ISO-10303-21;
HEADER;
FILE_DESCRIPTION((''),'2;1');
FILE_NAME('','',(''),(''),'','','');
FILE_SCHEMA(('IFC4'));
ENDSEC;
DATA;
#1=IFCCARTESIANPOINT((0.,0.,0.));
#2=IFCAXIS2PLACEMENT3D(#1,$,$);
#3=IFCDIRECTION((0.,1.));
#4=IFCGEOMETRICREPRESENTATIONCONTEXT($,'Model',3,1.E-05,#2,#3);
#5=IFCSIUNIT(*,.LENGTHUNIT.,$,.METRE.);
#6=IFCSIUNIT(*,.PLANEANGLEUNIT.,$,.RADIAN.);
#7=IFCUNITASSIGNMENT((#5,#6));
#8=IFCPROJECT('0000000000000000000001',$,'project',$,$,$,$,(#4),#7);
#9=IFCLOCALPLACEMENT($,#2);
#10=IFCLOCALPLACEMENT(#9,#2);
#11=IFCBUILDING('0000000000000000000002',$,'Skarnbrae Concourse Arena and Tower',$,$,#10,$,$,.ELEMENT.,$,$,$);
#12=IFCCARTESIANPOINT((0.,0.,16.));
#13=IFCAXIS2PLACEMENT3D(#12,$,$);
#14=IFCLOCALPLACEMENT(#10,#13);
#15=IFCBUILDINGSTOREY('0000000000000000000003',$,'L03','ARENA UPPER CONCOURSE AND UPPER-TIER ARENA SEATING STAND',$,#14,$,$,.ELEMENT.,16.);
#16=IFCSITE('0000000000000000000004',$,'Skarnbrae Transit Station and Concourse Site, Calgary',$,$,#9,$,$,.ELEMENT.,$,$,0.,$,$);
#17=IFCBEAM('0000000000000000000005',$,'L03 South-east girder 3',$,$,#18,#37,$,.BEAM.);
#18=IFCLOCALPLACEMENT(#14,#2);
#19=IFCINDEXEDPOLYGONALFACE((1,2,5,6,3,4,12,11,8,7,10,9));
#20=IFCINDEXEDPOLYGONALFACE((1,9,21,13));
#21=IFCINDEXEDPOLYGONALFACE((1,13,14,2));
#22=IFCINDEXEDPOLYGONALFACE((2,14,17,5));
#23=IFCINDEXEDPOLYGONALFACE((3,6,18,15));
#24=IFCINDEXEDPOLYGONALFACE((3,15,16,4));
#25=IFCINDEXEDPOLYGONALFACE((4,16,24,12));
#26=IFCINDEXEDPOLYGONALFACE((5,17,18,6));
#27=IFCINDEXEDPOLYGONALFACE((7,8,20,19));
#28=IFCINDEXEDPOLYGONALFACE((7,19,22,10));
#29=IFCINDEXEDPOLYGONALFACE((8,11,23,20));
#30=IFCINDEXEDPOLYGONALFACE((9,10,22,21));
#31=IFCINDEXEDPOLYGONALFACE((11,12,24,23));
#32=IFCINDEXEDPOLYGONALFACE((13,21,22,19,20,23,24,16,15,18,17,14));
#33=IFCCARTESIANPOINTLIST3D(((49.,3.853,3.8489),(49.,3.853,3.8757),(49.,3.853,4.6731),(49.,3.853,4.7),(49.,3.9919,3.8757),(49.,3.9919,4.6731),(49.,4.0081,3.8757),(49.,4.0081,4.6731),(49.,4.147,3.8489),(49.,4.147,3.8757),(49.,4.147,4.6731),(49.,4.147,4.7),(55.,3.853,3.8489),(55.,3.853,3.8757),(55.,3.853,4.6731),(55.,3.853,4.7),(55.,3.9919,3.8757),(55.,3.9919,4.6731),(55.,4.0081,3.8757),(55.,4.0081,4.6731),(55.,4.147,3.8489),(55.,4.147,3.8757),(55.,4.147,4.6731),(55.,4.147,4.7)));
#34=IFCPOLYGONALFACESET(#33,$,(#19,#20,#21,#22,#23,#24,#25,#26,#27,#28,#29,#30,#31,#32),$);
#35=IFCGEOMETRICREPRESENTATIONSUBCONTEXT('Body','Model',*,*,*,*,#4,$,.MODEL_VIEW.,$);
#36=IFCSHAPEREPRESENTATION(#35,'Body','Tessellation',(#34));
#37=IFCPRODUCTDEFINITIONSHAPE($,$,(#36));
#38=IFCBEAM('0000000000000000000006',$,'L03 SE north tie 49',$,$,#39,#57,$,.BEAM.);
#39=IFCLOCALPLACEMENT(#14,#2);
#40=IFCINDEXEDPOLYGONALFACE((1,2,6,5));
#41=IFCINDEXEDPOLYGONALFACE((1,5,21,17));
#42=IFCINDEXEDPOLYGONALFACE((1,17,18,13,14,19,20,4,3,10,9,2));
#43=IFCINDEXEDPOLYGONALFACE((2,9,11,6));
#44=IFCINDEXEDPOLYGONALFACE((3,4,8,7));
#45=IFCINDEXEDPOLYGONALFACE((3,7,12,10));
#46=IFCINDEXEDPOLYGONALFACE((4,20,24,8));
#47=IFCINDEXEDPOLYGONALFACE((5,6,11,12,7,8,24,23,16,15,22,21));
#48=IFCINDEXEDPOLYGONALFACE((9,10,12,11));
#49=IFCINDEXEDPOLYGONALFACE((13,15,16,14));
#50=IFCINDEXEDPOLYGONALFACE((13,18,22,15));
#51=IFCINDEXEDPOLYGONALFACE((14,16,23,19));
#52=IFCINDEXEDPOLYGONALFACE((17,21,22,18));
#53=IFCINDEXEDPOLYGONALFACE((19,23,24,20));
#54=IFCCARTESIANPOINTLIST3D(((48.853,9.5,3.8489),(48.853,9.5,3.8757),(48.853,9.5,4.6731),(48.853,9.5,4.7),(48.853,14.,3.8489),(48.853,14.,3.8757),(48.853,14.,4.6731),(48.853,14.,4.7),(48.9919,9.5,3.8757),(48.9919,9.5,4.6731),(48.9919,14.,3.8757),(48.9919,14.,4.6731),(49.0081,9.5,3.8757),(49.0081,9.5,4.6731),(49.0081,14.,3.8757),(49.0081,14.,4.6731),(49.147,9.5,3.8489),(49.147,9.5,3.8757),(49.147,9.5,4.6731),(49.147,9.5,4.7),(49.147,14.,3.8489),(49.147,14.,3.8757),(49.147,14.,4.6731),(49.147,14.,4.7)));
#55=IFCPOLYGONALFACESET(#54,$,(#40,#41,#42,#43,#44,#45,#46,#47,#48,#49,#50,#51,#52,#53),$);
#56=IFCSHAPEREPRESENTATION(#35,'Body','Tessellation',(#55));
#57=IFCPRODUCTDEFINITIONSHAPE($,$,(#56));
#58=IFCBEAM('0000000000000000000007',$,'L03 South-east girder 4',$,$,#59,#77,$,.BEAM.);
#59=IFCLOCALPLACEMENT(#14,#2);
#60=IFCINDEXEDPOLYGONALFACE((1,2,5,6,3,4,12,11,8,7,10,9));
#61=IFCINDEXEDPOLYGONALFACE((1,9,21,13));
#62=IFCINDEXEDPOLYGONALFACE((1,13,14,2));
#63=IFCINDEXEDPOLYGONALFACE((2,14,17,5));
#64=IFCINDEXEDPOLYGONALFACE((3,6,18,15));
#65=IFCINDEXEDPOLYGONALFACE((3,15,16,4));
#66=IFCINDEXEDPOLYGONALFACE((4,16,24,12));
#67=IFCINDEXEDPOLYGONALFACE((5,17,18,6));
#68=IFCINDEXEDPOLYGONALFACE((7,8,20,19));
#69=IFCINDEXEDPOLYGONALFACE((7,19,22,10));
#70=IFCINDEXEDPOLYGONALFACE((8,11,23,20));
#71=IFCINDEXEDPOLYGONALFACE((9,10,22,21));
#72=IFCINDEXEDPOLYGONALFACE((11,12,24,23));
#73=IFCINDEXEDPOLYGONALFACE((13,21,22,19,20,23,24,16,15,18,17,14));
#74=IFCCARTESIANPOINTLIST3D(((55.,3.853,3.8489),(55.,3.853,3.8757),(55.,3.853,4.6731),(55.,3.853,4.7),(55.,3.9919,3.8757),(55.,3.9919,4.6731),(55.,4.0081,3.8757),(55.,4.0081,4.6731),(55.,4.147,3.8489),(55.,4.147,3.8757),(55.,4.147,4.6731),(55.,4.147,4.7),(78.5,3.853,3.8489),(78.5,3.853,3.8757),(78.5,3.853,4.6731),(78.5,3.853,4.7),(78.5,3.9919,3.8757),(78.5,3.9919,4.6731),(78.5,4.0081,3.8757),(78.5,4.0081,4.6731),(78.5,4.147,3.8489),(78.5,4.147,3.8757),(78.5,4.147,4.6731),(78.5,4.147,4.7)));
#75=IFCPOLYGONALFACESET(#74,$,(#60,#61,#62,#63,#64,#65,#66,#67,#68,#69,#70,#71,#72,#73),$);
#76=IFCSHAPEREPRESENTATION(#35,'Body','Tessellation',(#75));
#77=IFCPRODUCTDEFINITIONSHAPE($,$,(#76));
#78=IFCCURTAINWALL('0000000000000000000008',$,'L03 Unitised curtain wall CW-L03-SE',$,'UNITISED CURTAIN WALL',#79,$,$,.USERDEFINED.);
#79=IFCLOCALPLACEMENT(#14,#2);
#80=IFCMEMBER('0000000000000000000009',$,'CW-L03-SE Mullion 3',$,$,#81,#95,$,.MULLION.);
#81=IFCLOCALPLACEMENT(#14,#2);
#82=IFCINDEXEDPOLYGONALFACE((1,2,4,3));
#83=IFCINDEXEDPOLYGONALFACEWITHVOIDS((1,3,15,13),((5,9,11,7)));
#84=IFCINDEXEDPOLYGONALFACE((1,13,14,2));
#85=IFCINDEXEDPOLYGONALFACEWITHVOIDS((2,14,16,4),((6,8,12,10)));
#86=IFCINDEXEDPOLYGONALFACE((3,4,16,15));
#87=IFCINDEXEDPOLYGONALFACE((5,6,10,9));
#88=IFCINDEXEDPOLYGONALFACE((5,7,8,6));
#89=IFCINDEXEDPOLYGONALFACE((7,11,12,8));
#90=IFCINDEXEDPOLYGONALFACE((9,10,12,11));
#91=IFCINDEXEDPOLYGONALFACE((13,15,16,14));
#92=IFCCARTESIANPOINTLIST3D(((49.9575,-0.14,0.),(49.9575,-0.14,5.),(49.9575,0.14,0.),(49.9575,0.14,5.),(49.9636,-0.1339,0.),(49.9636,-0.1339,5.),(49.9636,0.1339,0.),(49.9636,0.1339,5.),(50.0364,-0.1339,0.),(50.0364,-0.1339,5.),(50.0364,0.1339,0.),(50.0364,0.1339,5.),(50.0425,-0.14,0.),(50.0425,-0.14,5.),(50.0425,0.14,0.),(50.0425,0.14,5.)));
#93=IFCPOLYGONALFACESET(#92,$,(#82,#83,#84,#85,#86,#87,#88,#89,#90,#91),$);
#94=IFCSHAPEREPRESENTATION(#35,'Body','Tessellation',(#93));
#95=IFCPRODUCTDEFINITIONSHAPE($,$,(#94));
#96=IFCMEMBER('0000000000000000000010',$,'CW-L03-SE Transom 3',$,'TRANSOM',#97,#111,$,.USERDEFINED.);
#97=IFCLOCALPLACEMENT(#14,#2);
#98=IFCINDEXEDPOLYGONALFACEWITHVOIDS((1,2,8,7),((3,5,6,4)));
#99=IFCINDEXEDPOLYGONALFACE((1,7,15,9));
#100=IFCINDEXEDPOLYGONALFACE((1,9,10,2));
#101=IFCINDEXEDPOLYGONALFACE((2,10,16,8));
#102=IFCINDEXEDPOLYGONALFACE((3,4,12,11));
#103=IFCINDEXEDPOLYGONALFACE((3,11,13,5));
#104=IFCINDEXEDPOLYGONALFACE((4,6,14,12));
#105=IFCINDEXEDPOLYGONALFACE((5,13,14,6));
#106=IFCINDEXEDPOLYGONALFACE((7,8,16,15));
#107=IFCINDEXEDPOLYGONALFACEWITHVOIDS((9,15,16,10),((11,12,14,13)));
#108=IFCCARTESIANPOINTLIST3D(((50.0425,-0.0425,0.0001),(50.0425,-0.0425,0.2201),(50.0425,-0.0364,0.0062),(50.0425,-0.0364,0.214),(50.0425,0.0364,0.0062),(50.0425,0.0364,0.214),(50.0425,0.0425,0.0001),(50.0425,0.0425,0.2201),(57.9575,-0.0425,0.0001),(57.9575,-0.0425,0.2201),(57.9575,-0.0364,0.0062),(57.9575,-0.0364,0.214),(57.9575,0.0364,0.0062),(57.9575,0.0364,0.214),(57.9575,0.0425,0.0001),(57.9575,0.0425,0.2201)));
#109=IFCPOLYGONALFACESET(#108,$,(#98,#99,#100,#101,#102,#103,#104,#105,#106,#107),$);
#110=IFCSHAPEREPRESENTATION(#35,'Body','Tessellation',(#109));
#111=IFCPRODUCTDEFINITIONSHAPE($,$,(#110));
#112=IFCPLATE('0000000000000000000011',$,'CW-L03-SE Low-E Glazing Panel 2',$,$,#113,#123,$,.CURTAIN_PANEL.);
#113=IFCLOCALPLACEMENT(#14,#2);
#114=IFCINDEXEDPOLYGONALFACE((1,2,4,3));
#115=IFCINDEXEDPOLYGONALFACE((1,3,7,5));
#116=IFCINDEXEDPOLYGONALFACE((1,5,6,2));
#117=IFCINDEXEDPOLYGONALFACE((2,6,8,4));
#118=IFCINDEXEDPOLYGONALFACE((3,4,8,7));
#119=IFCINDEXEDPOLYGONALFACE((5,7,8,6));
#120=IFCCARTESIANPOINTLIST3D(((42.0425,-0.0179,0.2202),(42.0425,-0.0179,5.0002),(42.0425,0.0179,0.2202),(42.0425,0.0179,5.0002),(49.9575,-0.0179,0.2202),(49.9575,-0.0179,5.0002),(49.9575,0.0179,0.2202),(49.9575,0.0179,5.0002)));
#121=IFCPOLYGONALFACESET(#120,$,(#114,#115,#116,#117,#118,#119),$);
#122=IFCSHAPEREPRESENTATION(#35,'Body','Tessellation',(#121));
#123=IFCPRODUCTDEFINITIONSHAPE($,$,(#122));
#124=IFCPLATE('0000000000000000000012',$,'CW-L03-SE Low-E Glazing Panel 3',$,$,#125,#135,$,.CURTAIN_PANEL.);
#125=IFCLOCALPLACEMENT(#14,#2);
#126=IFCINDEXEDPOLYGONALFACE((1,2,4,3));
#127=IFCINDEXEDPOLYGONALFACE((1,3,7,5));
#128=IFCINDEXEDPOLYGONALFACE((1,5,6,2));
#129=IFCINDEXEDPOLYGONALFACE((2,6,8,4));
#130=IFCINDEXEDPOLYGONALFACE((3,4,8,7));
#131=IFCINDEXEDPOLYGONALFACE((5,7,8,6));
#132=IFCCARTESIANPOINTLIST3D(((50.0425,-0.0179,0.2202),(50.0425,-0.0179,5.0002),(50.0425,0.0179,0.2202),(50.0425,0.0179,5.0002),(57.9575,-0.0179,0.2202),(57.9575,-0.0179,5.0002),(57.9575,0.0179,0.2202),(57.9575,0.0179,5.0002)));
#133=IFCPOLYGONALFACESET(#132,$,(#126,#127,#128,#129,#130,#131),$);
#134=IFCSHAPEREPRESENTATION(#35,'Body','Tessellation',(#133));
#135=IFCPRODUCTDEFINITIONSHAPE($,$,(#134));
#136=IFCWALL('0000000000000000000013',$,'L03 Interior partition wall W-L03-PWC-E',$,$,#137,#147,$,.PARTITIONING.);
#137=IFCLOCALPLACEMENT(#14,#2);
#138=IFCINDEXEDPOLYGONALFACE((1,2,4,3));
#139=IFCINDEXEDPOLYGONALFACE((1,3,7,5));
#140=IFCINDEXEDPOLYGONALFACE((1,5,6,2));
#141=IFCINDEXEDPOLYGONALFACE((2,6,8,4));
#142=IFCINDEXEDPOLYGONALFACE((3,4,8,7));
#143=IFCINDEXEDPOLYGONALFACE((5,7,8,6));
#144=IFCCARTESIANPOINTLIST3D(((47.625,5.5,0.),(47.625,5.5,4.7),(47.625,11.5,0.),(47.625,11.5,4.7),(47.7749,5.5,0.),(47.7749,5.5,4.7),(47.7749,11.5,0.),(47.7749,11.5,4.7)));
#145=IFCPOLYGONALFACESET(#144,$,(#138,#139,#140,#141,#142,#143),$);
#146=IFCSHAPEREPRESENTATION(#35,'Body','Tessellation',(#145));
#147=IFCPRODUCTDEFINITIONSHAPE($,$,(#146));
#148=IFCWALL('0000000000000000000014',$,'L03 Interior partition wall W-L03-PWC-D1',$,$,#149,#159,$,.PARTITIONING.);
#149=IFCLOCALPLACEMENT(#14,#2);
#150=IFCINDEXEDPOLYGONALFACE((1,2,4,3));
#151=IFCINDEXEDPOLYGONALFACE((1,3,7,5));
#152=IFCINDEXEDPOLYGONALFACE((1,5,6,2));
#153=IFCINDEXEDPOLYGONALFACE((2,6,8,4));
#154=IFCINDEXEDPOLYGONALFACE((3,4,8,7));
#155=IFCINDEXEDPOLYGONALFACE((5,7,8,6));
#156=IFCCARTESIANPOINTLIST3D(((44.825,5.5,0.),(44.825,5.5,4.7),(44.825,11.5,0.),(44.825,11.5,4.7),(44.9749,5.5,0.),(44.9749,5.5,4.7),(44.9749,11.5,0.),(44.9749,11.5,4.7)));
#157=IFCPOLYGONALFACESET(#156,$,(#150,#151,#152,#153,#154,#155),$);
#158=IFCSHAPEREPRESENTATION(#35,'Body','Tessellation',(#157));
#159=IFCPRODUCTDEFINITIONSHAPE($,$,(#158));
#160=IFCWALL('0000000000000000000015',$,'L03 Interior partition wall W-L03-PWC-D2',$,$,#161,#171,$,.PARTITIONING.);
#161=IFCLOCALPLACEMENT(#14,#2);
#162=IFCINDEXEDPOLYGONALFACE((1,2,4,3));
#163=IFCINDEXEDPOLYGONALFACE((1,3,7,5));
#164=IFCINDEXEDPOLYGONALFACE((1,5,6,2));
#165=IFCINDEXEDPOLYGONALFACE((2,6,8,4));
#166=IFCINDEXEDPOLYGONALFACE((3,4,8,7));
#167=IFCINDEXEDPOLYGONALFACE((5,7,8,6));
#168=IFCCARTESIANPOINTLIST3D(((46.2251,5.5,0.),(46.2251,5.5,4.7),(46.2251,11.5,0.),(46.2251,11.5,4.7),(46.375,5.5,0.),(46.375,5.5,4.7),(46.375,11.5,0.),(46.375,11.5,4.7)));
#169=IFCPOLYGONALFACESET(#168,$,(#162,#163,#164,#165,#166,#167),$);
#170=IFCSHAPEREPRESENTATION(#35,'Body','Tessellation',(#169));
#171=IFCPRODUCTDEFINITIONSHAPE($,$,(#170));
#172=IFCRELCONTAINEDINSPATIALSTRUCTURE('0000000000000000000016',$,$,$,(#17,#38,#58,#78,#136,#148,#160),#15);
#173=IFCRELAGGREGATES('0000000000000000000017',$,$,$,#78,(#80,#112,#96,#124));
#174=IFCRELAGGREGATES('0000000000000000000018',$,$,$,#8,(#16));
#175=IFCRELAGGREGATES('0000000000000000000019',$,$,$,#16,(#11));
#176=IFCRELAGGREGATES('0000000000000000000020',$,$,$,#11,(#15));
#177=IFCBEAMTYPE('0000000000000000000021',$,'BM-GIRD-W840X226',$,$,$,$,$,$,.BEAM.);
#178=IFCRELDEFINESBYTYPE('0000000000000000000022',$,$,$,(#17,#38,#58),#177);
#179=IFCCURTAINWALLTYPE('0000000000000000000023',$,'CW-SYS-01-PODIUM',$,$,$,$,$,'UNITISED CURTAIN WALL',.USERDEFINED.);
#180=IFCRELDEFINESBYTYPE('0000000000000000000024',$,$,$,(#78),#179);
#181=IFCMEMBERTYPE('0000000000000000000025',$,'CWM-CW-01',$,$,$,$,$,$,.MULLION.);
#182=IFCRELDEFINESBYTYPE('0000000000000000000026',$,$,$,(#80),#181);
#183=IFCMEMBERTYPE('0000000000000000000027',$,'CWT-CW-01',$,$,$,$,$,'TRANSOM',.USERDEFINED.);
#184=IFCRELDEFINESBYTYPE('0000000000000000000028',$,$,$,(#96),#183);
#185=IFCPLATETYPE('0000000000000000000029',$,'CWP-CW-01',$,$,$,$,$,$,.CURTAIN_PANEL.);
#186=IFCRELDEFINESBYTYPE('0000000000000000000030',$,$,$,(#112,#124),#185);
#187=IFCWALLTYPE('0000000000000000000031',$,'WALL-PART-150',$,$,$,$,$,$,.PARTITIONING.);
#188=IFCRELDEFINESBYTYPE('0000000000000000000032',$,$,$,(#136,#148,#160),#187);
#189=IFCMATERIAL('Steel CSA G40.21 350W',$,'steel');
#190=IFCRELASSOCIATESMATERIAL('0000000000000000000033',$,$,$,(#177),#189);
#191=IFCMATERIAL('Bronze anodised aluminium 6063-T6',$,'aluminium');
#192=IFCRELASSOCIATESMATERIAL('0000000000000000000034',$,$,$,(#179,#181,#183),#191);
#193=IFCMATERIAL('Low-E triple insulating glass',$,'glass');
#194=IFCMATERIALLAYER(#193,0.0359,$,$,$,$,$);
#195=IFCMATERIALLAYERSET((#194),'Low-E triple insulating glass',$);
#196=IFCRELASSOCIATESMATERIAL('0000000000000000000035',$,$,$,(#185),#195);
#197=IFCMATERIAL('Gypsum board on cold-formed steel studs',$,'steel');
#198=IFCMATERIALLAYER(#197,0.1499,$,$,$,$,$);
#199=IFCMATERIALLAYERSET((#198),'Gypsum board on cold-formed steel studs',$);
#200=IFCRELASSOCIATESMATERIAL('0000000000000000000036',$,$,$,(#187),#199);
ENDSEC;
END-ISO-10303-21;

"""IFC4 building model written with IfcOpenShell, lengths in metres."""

from ifc_helpers import new_model, si_unit, direction, frame, frame_2d, origin, origin_2d, place, context, subcontext, project, spatial, rectangle, hollow_rectangle, i_section, extrude, source, transform, mapped, material, layer, layer_set, material_profile, profile_set, type_object, element, aggregate, save


model = new_model("IFC4")

# Units and contexts
model_context = context("Model", 3, precision=1e-05, world=origin(), true_north=direction((0.0, 1.0)))
body_context = subcontext(model_context, "Body", "Model", "MODEL_VIEW")
ifc_project = project(units=[si_unit("LENGTHUNIT", "METRE"), si_unit("PLANEANGLEUNIT", "RADIAN")], contexts=[model_context])

# Site, building, storey
site_placement = place(None, origin())
site = spatial("IfcSite", under=ifc_project, at=site_placement, Name="Skarnbrae Transit Station and Concourse Site, Calgary", CompositionType="ELEMENT", RefElevation=0.0)
building_placement = place(site_placement, origin())
building = spatial("IfcBuilding", under=site, at=building_placement, Name="Skarnbrae Concourse Arena and Tower", CompositionType="ELEMENT")
storey_placement = place(building_placement, frame((0.0, 0.0, 16.0)))
storey = spatial("IfcBuildingStorey", under=building, at=storey_placement, Name="L03", Description="ARENA UPPER CONCOURSE AND UPPER-TIER ARENA SEATING STAND", CompositionType="ELEMENT", Elevation=16.0)

# Shared definitions
ifc_material_1 = material(Name="Steel CSA G40.21 350W", Category="steel")

# Beams
ifc_material_profile_1 = material_profile(ifc_material_1, i_section(OverallWidth=0.2939, OverallDepth=0.8511, WebThickness=0.0161, FlangeThickness=0.0269, at=origin_2d()), Name="W840X226")
ifc_profile_set_1 = profile_set([ifc_material_profile_1], Name="Steel CSA G40.21 350W")
beam_type = type_object("IfcBeamType", Name="BM-GIRD-W840X226", PredefinedType="BEAM", material=ifc_profile_set_1)
shared_shape_1 = source(origin(), body_context, "Body", "SweptSolid", [
    extrude(i_section(OverallWidth=0.2939, OverallDepth=0.8511, WebThickness=0.0161, FlangeThickness=0.0269, at=origin_2d()), origin(), (0.0, 0.0, 1.0), 6.0),
])
for number, where, z_axis, x_axis, name in (
    (1, (49.0, 4.0, 4.2744), (1.0, 0.0, 0.0), (0.0, 1.0, 0.0), "L03 South-east girder 3"),
):
    element("IfcBeam", number, at=place(storey_placement, frame(where, z_axis=z_axis, x_axis=x_axis)), inside=storey, type_object=beam_type, Name=name, PredefinedType="BEAM", context=body_context, shape_type="MappedRepresentation", body=[
        mapped(shared_shape_1, transform((0.0, 0.0, 0.0))),
    ])
shared_shape_2 = source(origin(), body_context, "Body", "SweptSolid", [
    extrude(i_section(OverallWidth=0.2939, OverallDepth=0.8511, WebThickness=0.0161, FlangeThickness=0.0269, at=origin_2d()), origin(), (0.0, 0.0, 1.0), 4.5),
])
beam_1_placement = place(storey_placement, frame((49.0, 9.5, 4.2744), z_axis=(0.0, 1.0, 0.0), x_axis=(-1.0, 0.0, 0.0)))
element("IfcBeam", 2, at=beam_1_placement, inside=storey, type_object=beam_type, Name="L03 SE north tie 49", PredefinedType="BEAM", context=body_context, shape_type="MappedRepresentation", body=[
    mapped(shared_shape_2, transform((0.0, 0.0, 0.0))),
])
shared_shape_3 = source(origin(), body_context, "Body", "SweptSolid", [
    extrude(i_section(OverallWidth=0.2939, OverallDepth=0.8511, WebThickness=0.0161, FlangeThickness=0.0269, at=origin_2d()), origin(), (0.0, 0.0, 1.0), 23.5),
])
beam_2_placement = place(storey_placement, frame((55.0, 4.0, 4.2744), z_axis=(1.0, 0.0, 0.0), x_axis=(0.0, 1.0, 0.0)))
element("IfcBeam", 3, at=beam_2_placement, inside=storey, type_object=beam_type, Name="L03 South-east girder 4", PredefinedType="BEAM", context=body_context, shape_type="MappedRepresentation", body=[
    mapped(shared_shape_3, transform((0.0, 0.0, 0.0))),
])

# Curtain wall, members, plates
ifc_material_2 = material(Name="Bronze anodised aluminium 6063-T6", Category="aluminium")
curtain_wall_type = type_object("IfcCurtainWallType", Name="CW-SYS-01-PODIUM", ElementType="UNITISED CURTAIN WALL", PredefinedType="USERDEFINED", material=ifc_material_2)
curtain_wall_placement = place(storey_placement, origin())
curtain_wall = element("IfcCurtainWall", 4, at=curtain_wall_placement, inside=storey, type_object=curtain_wall_type, Name="L03 Unitised curtain wall CW-L03-SE", ObjectType="UNITISED CURTAIN WALL", PredefinedType="USERDEFINED")
ifc_material_profile_2 = material_profile(ifc_material_2, hollow_rectangle(XDim=0.085, YDim=0.28, WallThickness=0.0061, at=origin_2d()), Name="ALU-MULL-85X280")
ifc_profile_set_2 = profile_set([ifc_material_profile_2], Name="Bronze anodised aluminium 6063-T6")
member_type_1 = type_object("IfcMemberType", Name="CWM-CW-01", PredefinedType="MULLION", material=ifc_profile_set_2)
shared_shape_4 = source(origin(), body_context, "Body", "SweptSolid", [
    extrude(hollow_rectangle(XDim=0.085, YDim=0.28, WallThickness=0.0061, at=origin_2d()), origin(), (0.0, 0.0, 1.0), 5.0),
])
member_1_placement = place(storey_placement, frame((50.0, 0.0, 0.0), z_axis=(0.0, 0.0, 1.0), x_axis=(1.0, 0.0, 0.0)))
member_1 = element("IfcMember", 5, at=member_1_placement, type_object=member_type_1, Name="CW-L03-SE Mullion 3", PredefinedType="MULLION", context=body_context, shape_type="MappedRepresentation", body=[
    mapped(shared_shape_4, transform((0.0, 0.0, 0.0))),
])
ifc_material_profile_3 = material_profile(ifc_material_2, hollow_rectangle(XDim=0.085, YDim=0.22, WallThickness=0.0061, at=origin_2d()), Name="ALU-TRAN-85X220")
ifc_profile_set_3 = profile_set([ifc_material_profile_3], Name="Bronze anodised aluminium 6063-T6")
member_type_2 = type_object("IfcMemberType", Name="CWT-CW-01", ElementType="TRANSOM", PredefinedType="USERDEFINED", material=ifc_profile_set_3)
shared_shape_5 = source(origin(), body_context, "Body", "SweptSolid", [
    extrude(hollow_rectangle(XDim=0.085, YDim=0.22, WallThickness=0.0061, at=origin_2d()), origin(), (0.0, 0.0, 1.0), 7.915),
])
member_2_placement = place(storey_placement, frame((50.0425, 0.0, 0.1101), z_axis=(1.0, 0.0, 0.0), x_axis=(0.0, 1.0, 0.0)))
member_2 = element("IfcMember", 6, at=member_2_placement, type_object=member_type_2, Name="CW-L03-SE Transom 3", ObjectType="TRANSOM", PredefinedType="USERDEFINED", context=body_context, shape_type="MappedRepresentation", body=[
    mapped(shared_shape_5, transform((0.0, 0.0, 0.0))),
])
ifc_material_3 = material(Name="Low-E triple insulating glass", Category="glass")
ifc_layer_1 = layer(ifc_material_3, 0.0359)
ifc_layer_set_1 = layer_set([ifc_layer_1], Name="Low-E triple insulating glass")
plate_type = type_object("IfcPlateType", Name="CWP-CW-01", PredefinedType="CURTAIN_PANEL", material=ifc_layer_set_1)
shared_shape_6 = source(origin(), body_context, "Body", "SweptSolid", [
    extrude(rectangle(XDim=7.915, YDim=0.0359, at=origin_2d()), origin(), (0.0, 0.0, 1.0), 4.78),
])
plate_1_placement = place(storey_placement, frame((46.0, 0.0, 0.2202), z_axis=(0.0, 0.0, 1.0), x_axis=(1.0, 0.0, 0.0)))
plate_1 = element("IfcPlate", 7, at=plate_1_placement, type_object=plate_type, Name="CW-L03-SE Low-E Glazing Panel 2", PredefinedType="CURTAIN_PANEL", context=body_context, shape_type="MappedRepresentation", body=[
    mapped(shared_shape_6, transform((0.0, 0.0, 0.0))),
])
plate_2_placement = place(storey_placement, frame((54.0, 0.0, 0.2202), z_axis=(0.0, 0.0, 1.0), x_axis=(1.0, 0.0, 0.0)))
plate_2 = element("IfcPlate", 8, at=plate_2_placement, type_object=plate_type, Name="CW-L03-SE Low-E Glazing Panel 3", PredefinedType="CURTAIN_PANEL", context=body_context, shape_type="MappedRepresentation", body=[
    mapped(shared_shape_6, transform((0.0, 0.0, 0.0))),
])
aggregate(curtain_wall, [member_1, plate_1, member_2, plate_2])

# Walls
ifc_material_4 = material(Name="Gypsum board on cold-formed steel studs", Category="steel")
ifc_layer_2 = layer(ifc_material_4, 0.1499)
ifc_layer_set_2 = layer_set([ifc_layer_2], Name="Gypsum board on cold-formed steel studs")
wall_type_1 = type_object("IfcWallType", Name="WALL-PART-150", PredefinedType="PARTITIONING", material=ifc_layer_set_2)
shared_shape_7 = source(origin(), body_context, "Body", "SweptSolid", [
    extrude(rectangle(XDim=6.0, YDim=0.1499, at=frame_2d((3.0, 0.0))), origin(), (0.0, 0.0, 1.0), 4.7),
])
for number, where, z_axis, x_axis, name in (
    (9, (47.7, 5.5, 0.0), (0.0, 0.0, 1.0), (0.0, 1.0, 0.0), "L03 Interior partition wall W-L03-PWC-E"),
    (10, (44.8999, 5.5, 0.0), (0.0, 0.0, 1.0), (0.0, 1.0, 0.0), "L03 Interior partition wall W-L03-PWC-D1"),
    (11, (46.3, 5.5, 0.0), (0.0, 0.0, 1.0), (0.0, 1.0, 0.0), "L03 Interior partition wall W-L03-PWC-D2"),
):
    element("IfcWall", number, at=place(storey_placement, frame(where, z_axis=z_axis, x_axis=x_axis)), inside=storey, type_object=wall_type_1, Name=name, PredefinedType="PARTITIONING", context=body_context, shape_type="MappedRepresentation", body=[
        mapped(shared_shape_7, transform((0.0, 0.0, 0.0))),
    ])

save(model, "model.ifc")
